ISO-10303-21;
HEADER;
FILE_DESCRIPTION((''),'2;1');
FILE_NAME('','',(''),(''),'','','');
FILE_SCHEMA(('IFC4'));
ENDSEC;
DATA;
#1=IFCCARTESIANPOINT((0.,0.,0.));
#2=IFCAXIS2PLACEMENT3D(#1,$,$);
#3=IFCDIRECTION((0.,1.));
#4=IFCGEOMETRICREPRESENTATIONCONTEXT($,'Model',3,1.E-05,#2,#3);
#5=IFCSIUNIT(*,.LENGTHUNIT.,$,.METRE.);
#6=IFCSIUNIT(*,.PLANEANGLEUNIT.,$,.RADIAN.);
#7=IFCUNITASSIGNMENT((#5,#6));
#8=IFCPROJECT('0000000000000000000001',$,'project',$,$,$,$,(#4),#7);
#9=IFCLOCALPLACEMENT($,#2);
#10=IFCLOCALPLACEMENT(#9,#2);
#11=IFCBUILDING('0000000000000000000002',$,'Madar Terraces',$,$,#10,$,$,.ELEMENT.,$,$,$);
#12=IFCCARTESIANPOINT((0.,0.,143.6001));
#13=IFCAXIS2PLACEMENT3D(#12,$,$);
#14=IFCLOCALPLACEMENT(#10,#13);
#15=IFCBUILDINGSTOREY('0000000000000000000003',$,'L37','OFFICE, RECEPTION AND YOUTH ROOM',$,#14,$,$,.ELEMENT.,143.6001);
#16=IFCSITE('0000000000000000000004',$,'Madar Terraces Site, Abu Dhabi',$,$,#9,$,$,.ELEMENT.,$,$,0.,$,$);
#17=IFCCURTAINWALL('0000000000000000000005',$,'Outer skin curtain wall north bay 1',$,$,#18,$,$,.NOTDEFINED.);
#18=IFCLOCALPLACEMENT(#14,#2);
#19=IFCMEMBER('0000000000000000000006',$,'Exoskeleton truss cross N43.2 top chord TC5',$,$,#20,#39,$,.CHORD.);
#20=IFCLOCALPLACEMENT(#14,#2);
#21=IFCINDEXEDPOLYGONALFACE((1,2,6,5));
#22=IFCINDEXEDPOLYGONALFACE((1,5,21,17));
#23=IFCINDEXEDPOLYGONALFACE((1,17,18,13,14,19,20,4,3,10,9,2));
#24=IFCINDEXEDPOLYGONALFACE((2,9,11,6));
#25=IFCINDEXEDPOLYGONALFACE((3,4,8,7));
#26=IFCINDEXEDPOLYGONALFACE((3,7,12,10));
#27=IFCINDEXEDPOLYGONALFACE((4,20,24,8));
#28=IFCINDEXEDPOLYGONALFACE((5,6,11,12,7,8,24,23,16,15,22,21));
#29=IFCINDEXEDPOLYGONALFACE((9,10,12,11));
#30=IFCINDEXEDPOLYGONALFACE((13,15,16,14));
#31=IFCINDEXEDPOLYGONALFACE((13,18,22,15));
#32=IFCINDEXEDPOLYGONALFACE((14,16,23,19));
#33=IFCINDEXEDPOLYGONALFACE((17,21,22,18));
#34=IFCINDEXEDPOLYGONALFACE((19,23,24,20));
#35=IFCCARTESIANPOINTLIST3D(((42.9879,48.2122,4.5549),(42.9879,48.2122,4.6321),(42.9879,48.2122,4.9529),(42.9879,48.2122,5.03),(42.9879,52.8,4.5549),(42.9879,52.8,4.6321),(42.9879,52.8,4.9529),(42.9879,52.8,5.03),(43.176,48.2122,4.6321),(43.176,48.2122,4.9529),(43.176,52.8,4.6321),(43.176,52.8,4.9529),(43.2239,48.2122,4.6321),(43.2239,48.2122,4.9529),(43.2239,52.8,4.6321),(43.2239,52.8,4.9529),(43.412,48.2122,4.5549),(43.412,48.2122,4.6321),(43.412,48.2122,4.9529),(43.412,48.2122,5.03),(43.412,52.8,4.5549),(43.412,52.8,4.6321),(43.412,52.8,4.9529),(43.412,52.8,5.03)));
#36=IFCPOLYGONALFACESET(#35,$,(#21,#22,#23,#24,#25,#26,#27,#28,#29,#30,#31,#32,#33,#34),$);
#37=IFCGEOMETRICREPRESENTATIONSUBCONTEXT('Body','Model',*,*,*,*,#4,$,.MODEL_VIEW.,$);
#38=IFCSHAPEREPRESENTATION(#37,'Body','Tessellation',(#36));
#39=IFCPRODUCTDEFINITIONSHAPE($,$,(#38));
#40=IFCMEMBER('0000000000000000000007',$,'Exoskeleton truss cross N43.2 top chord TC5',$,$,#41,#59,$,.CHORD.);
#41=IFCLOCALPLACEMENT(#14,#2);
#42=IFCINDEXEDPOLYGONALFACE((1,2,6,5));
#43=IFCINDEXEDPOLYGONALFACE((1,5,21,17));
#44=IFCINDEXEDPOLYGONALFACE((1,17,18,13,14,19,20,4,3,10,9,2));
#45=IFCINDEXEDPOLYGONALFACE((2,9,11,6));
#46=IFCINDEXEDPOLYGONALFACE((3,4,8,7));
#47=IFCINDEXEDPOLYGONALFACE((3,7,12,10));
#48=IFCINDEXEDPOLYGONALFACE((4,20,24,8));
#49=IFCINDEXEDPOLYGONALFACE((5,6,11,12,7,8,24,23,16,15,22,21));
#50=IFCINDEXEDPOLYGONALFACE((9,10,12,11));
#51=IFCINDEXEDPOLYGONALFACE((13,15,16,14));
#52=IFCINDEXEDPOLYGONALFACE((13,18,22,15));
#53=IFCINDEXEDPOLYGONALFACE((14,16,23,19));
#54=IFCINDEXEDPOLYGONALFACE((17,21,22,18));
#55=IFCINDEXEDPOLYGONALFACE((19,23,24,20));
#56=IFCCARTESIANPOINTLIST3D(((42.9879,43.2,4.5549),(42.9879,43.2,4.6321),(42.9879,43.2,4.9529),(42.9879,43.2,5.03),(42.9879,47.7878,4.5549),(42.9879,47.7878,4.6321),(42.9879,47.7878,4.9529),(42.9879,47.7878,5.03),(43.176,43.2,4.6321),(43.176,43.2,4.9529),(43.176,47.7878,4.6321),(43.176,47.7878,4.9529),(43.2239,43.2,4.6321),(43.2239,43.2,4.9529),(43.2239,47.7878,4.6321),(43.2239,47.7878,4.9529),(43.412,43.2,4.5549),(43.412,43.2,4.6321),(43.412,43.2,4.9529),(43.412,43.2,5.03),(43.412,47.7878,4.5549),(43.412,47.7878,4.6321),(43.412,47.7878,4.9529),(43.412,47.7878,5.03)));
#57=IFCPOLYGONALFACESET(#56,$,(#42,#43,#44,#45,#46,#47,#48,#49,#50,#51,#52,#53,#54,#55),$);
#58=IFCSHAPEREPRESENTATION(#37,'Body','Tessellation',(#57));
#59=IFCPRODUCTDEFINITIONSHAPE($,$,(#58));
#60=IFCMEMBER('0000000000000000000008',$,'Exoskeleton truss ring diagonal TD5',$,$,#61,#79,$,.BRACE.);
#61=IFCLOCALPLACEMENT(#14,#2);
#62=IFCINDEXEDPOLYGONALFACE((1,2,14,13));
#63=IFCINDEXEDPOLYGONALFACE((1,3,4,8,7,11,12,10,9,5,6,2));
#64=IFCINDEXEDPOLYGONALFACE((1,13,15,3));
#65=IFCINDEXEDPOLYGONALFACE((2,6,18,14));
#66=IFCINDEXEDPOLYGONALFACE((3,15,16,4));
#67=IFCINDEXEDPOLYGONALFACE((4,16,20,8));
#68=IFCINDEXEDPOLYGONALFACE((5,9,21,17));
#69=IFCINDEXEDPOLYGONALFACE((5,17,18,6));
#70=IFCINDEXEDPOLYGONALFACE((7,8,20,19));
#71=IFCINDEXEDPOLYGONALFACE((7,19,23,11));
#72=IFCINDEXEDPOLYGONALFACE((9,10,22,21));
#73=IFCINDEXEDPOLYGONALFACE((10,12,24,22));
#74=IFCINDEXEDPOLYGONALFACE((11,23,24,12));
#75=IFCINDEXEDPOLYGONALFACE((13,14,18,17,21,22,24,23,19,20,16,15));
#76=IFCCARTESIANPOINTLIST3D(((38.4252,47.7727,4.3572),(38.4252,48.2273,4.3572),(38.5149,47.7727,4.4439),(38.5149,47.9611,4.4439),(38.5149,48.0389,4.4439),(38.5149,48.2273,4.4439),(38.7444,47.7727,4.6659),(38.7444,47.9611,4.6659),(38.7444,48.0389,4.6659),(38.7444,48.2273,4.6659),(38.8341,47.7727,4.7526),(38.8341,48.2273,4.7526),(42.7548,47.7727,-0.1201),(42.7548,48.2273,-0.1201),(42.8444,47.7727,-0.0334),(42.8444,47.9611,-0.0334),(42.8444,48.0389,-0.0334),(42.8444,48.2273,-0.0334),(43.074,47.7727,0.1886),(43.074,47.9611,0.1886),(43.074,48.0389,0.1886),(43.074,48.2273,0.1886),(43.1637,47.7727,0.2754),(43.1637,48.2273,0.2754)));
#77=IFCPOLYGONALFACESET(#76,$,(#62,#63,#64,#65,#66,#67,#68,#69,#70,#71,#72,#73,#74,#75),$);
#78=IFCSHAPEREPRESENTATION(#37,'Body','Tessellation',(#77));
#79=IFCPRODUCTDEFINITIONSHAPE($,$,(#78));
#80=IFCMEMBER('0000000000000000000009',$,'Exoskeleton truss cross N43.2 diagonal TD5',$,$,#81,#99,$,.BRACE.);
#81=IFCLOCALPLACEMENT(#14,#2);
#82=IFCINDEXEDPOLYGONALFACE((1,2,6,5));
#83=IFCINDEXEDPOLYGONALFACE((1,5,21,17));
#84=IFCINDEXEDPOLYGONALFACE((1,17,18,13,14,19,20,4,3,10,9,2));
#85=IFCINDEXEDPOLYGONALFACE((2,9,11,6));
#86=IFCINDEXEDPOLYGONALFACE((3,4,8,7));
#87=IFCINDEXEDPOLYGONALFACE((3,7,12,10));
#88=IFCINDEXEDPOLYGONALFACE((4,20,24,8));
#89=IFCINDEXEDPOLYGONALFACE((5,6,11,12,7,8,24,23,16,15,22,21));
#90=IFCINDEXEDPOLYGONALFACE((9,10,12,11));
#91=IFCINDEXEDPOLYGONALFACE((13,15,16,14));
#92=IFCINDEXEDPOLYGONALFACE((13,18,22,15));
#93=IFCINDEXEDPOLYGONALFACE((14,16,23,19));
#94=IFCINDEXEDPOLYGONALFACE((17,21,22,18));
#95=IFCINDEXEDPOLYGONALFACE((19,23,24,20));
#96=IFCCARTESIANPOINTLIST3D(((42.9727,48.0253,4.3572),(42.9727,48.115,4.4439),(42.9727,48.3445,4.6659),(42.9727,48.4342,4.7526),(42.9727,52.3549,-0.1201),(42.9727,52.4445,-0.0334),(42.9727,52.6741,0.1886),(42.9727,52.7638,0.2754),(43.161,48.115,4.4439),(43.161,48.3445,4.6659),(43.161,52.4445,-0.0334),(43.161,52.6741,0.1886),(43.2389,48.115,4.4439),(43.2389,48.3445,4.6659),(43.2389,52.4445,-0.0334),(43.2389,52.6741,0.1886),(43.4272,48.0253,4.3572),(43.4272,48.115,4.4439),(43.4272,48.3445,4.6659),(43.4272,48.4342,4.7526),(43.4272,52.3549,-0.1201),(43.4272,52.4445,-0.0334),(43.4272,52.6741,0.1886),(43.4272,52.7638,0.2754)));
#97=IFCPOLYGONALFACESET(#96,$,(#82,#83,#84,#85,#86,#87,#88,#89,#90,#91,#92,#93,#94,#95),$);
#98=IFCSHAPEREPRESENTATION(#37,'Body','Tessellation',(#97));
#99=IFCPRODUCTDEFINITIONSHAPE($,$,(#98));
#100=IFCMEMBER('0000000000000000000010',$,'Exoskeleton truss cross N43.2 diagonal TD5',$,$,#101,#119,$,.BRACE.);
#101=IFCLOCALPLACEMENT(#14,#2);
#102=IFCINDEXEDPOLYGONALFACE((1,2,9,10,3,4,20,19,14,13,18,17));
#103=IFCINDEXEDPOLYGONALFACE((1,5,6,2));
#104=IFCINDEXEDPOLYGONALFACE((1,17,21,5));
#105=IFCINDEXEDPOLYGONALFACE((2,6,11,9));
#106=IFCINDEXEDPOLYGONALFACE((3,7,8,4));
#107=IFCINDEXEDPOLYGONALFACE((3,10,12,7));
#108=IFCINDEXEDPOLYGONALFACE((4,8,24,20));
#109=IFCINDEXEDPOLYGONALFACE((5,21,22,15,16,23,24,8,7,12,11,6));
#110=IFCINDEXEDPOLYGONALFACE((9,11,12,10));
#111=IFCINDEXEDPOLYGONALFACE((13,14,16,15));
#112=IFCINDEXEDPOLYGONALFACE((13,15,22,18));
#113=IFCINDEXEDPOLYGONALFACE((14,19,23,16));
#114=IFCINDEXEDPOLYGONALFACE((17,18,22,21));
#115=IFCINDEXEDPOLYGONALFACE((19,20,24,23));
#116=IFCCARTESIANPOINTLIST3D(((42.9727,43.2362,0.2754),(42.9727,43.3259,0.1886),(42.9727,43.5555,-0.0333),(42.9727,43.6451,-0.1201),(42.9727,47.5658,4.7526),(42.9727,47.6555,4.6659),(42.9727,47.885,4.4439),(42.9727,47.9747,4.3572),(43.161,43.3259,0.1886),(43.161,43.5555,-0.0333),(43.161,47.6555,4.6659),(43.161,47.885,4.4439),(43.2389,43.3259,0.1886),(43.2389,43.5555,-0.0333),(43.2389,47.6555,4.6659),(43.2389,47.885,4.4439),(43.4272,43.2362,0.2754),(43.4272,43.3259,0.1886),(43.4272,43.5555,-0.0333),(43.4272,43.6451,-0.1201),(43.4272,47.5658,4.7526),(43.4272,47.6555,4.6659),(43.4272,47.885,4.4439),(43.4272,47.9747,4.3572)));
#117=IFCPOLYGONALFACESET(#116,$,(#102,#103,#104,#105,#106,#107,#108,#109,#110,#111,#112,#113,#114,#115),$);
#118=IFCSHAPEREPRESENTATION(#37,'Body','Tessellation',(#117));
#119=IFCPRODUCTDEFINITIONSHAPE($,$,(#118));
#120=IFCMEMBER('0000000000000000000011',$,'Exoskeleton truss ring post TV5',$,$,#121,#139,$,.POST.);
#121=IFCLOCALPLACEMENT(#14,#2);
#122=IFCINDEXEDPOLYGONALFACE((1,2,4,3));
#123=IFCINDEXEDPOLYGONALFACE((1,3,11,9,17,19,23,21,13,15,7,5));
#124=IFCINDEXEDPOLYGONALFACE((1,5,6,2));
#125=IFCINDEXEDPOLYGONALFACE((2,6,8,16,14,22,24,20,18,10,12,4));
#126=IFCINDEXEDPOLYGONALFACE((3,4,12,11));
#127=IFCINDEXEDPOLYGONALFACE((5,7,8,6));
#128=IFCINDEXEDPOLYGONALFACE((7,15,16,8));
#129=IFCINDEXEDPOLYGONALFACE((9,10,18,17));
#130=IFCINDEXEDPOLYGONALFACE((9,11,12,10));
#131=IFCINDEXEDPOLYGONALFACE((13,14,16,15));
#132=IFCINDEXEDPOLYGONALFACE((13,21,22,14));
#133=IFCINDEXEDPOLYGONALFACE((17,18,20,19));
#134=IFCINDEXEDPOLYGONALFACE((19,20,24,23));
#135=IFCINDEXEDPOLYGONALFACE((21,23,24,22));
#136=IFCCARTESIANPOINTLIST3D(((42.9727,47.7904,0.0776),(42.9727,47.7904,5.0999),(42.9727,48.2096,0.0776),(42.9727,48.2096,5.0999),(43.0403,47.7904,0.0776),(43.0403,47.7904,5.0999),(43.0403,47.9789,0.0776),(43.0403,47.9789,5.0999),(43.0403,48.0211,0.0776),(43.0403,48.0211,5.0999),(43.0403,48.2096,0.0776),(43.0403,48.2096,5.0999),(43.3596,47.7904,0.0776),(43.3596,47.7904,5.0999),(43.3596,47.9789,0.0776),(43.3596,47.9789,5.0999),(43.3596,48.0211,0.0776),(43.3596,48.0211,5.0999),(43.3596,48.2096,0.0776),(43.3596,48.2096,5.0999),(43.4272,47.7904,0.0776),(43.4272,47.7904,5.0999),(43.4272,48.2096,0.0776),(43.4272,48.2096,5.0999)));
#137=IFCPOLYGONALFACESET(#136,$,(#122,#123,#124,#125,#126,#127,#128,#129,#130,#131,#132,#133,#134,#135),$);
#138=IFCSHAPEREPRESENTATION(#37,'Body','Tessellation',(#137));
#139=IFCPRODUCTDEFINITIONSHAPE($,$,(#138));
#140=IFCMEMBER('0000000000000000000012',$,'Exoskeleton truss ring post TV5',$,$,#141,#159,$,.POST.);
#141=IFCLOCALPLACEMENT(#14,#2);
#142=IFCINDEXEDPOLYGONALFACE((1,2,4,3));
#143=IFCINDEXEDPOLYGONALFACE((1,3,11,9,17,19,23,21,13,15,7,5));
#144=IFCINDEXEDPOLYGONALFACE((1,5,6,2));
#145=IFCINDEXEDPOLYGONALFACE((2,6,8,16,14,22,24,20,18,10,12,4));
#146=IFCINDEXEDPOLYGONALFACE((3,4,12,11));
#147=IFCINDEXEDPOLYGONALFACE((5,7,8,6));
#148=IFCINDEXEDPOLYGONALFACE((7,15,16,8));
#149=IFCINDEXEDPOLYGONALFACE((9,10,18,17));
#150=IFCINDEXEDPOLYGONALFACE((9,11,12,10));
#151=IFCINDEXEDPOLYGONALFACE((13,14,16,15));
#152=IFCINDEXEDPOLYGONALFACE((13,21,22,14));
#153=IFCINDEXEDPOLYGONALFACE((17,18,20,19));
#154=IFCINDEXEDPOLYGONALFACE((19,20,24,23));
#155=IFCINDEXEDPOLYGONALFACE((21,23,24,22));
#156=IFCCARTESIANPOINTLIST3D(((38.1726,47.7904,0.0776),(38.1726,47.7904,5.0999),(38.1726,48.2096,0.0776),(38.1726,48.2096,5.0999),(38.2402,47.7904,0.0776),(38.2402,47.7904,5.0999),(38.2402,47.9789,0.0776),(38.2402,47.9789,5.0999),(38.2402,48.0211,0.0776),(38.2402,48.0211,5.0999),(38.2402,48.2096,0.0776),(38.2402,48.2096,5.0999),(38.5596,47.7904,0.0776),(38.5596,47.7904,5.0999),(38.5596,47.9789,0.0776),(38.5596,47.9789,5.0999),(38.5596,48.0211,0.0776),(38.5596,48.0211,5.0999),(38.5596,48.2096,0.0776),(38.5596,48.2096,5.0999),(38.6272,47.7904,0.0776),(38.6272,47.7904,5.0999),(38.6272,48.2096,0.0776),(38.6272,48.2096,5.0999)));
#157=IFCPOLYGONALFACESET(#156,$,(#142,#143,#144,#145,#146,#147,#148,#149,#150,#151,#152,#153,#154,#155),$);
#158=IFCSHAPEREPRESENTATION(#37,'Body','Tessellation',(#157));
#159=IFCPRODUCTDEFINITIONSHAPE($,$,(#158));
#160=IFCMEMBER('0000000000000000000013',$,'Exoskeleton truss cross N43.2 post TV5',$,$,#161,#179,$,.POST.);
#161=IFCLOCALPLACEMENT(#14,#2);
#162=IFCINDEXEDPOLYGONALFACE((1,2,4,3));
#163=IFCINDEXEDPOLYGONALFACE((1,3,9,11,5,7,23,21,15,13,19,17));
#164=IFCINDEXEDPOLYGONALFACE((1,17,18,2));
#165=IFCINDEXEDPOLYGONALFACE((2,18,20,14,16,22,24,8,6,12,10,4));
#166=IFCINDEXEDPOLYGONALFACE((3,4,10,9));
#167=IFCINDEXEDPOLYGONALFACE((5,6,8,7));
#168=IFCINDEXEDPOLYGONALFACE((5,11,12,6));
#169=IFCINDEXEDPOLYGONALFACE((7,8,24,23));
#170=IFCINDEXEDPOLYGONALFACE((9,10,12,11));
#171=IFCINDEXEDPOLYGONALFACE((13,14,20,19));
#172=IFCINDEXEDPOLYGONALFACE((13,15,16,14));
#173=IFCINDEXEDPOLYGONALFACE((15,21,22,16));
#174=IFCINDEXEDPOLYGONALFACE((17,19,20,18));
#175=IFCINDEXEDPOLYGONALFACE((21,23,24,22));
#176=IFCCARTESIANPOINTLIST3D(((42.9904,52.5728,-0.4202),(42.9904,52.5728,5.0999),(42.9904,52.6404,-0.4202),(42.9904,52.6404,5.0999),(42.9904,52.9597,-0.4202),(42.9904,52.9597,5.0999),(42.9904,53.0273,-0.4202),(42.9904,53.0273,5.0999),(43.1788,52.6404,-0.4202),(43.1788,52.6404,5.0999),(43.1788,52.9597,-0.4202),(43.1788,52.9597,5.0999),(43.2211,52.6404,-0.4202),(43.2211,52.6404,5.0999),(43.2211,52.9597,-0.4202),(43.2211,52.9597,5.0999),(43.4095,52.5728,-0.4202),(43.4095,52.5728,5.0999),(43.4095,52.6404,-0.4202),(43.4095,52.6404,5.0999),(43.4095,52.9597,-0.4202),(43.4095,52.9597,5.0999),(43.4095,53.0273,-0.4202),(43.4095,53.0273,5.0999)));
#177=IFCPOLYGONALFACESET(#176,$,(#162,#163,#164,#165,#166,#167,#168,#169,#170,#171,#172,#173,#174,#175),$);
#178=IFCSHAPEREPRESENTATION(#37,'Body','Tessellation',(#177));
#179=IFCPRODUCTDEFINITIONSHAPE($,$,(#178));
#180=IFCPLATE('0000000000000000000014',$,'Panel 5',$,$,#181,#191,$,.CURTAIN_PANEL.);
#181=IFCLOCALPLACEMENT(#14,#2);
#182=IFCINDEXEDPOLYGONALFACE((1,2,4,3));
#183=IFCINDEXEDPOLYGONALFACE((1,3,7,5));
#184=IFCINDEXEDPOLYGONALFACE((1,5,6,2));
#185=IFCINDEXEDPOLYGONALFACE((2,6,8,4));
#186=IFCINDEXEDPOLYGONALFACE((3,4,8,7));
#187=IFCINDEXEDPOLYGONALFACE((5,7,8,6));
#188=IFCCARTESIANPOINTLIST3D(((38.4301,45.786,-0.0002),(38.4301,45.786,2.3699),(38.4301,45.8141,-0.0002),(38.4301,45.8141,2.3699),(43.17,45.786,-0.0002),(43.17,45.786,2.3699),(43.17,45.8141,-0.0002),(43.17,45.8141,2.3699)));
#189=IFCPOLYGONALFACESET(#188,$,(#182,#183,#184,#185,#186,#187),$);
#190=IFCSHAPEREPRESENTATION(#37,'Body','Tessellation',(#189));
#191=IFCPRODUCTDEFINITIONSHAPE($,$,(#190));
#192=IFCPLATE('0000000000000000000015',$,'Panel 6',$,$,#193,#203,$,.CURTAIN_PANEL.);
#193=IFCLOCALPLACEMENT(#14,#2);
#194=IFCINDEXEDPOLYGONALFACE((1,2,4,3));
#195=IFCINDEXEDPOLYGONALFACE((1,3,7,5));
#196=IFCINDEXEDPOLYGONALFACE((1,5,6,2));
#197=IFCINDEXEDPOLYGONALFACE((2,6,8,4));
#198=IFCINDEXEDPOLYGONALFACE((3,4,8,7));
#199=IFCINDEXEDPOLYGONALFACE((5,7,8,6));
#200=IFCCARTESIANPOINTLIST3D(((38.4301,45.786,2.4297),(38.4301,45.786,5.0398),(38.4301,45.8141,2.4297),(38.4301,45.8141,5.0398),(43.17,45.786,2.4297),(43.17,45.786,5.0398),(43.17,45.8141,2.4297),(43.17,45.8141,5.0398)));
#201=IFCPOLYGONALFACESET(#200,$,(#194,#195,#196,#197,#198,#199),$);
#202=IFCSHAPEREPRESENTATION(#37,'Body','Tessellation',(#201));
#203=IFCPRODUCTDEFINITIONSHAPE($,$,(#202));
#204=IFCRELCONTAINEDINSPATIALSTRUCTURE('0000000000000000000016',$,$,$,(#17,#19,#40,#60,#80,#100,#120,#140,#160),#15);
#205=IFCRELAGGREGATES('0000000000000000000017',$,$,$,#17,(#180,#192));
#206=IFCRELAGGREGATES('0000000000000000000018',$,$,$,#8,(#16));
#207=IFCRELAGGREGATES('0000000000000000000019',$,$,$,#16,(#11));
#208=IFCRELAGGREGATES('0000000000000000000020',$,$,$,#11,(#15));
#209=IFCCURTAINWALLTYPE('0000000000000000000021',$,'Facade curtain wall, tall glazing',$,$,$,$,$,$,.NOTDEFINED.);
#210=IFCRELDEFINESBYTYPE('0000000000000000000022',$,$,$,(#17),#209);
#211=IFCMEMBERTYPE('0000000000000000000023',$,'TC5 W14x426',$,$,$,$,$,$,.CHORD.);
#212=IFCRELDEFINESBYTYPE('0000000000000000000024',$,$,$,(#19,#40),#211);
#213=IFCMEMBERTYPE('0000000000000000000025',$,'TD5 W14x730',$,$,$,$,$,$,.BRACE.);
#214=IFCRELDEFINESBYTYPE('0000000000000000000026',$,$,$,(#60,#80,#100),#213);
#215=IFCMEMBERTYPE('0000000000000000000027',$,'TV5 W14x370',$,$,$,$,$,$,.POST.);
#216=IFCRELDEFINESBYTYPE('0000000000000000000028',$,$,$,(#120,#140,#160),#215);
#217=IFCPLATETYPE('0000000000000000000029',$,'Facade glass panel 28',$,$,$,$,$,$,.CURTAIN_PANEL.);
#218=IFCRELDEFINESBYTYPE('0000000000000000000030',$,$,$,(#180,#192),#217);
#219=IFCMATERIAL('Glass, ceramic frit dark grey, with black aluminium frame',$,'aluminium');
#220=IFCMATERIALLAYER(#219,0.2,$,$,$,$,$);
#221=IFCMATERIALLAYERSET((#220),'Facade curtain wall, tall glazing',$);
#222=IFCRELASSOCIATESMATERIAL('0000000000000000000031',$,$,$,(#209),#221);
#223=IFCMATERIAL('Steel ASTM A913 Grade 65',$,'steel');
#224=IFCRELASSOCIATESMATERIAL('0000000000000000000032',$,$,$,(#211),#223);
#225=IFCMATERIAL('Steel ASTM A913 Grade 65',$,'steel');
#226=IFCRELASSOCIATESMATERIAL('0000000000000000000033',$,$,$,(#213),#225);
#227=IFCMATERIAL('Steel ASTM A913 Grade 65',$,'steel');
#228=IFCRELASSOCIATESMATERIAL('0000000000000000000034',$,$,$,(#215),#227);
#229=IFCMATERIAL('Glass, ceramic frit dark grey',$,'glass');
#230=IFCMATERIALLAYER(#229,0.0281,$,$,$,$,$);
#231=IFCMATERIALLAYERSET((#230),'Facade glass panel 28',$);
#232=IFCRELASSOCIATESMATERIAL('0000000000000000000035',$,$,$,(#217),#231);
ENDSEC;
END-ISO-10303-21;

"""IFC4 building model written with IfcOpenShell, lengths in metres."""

from ifc_helpers import new_model, si_unit, direction, frame, origin, origin_2d, place, context, subcontext, project, spatial, rectangle, i_section, extrude, material, layer, layer_set, material_profile, profile_set, type_object, element, aggregate, save


model = new_model("IFC4")

# Units and contexts
model_context = context("Model", 3, precision=1e-05, world=origin(), true_north=direction((0.0, 1.0)))
body_context = subcontext(model_context, "Body", "Model", "MODEL_VIEW")
ifc_project = project(units=[si_unit("LENGTHUNIT", "METRE"), si_unit("PLANEANGLEUNIT", "RADIAN")], contexts=[model_context])

# Site, building, storey
site_placement = place(None, origin())
site = spatial("IfcSite", under=ifc_project, at=site_placement, Name="Madar Terraces Site, Abu Dhabi", CompositionType="ELEMENT", RefElevation=0.0)
building_placement = place(site_placement, origin())
building = spatial("IfcBuilding", under=site, at=building_placement, Name="Madar Terraces", CompositionType="ELEMENT")
storey_placement = place(building_placement, frame((0.0, 0.0, 143.6001)))
storey = spatial("IfcBuildingStorey", under=building, at=storey_placement, Name="L37", Description="OFFICE, RECEPTION AND YOUTH ROOM", CompositionType="ELEMENT", Elevation=143.6001)

# Curtain wall
ifc_material_1 = material(Name="Glass, ceramic frit dark grey, with black aluminium frame", Category="aluminium")
ifc_layer_1 = layer(ifc_material_1, 0.2)
ifc_layer_set_1 = layer_set([ifc_layer_1], Name="Facade curtain wall, tall glazing")
curtain_wall_type = type_object("IfcCurtainWallType", Name="Facade curtain wall, tall glazing", PredefinedType="NOTDEFINED", material=ifc_layer_set_1)
curtain_wall_placement = place(storey_placement, origin())
curtain_wall = element("IfcCurtainWall", 1, at=curtain_wall_placement, inside=storey, type_object=curtain_wall_type, Name="Outer skin curtain wall north bay 1", PredefinedType="NOTDEFINED")

# Members
ifc_material_2 = material(Name="Steel ASTM A913 Grade 65", Category="steel")
ifc_material_profile_1 = material_profile(ifc_material_2, i_section(OverallWidth=0.4241, OverallDepth=0.4751, WebThickness=0.0479, FlangeThickness=0.0771, at=origin_2d()), Name="W14x426")
ifc_profile_set_1 = profile_set([ifc_material_profile_1], Name="Steel ASTM A913 Grade 65")
member_type_1 = type_object("IfcMemberType", Name="TC5 W14x426", PredefinedType="CHORD", material=ifc_profile_set_1)
for number, where, z_axis, x_axis, name in (
    (2, (43.2, 52.8, 4.7925), (0.0, -1.0, 0.0), (1.0, 0.0, 0.0), "Exoskeleton truss cross N43.2 top chord TC5"),
    (3, (43.2, 47.7878, 4.7925), (0.0, -1.0, 0.0), (1.0, 0.0, 0.0), "Exoskeleton truss cross N43.2 top chord TC5"),
):
    element("IfcMember", number, at=place(storey_placement, frame(where, z_axis=z_axis, x_axis=x_axis)), inside=storey, type_object=member_type_1, Name=name, PredefinedType="CHORD", context=body_context, shape_type="SweptSolid", body=[
        extrude(i_section(OverallWidth=0.4241, OverallDepth=0.4751, WebThickness=0.0479, FlangeThickness=0.0771, at=origin_2d()), origin(), (0.0, 0.0, 1.0), 4.5879),
    ])
ifc_material_3 = material(Name="Steel ASTM A913 Grade 65", Category="steel")
ifc_material_profile_2 = material_profile(ifc_material_3, i_section(OverallWidth=0.4546, OverallDepth=0.5688, WebThickness=0.0779, FlangeThickness=0.1248, at=origin_2d()), Name="W14x730")
ifc_profile_set_2 = profile_set([ifc_material_profile_2], Name="Steel ASTM A913 Grade 65")
member_type_2 = type_object("IfcMemberType", Name="TD5 W14x730", PredefinedType="BRACE", material=ifc_profile_set_2)
for number, where, z_axis, x_axis, name in (
    (4, (42.9592, 48.0, 0.0776), (-0.69515, 0.0, 0.718865), (0.0, -1.0, 0.0), "Exoskeleton truss ring diagonal TD5"),
    (5, (43.2, 52.5593, 0.0776), (0.0, -0.69515, 0.718865), (1.0, 0.0, 0.0), "Exoskeleton truss cross N43.2 diagonal TD5"),
    (6, (43.2, 47.7703, 4.5549), (0.0, -0.69515, -0.718865), (1.0, 0.0, 0.0), "Exoskeleton truss cross N43.2 diagonal TD5"),
):
    element("IfcMember", number, at=place(storey_placement, frame(where, z_axis=z_axis, x_axis=x_axis)), inside=storey, type_object=member_type_2, Name=name, PredefinedType="BRACE", context=body_context, shape_type="SweptSolid", body=[
        extrude(i_section(OverallWidth=0.4546, OverallDepth=0.5688, WebThickness=0.0779, FlangeThickness=0.1248, at=origin_2d()), origin(), (0.0, 0.0, 1.0), 6.2283),
    ])
ifc_material_4 = material(Name="Steel ASTM A913 Grade 65", Category="steel")
ifc_material_profile_3 = material_profile(ifc_material_4, i_section(OverallWidth=0.4192, OverallDepth=0.4546, WebThickness=0.0422, FlangeThickness=0.0676, at=origin_2d()), Name="W14x370")
ifc_profile_set_3 = profile_set([ifc_material_profile_3], Name="Steel ASTM A913 Grade 65")
member_type_3 = type_object("IfcMemberType", Name="TV5 W14x370", PredefinedType="POST", material=ifc_profile_set_3)
for number, where, z_axis, x_axis, name in (
    (7, (43.2, 48.0, 0.0776), (0.0, 0.0, 1.0), (0.0, -1.0, 0.0), "Exoskeleton truss ring post TV5"),
    (8, (38.3999, 48.0, 0.0776), (0.0, 0.0, 1.0), (0.0, -1.0, 0.0), "Exoskeleton truss ring post TV5"),
):
    element("IfcMember", number, at=place(storey_placement, frame(where, z_axis=z_axis, x_axis=x_axis)), inside=storey, type_object=member_type_3, Name=name, PredefinedType="POST", context=body_context, shape_type="SweptSolid", body=[
        extrude(i_section(OverallWidth=0.4192, OverallDepth=0.4546, WebThickness=0.0422, FlangeThickness=0.0676, at=origin_2d()), origin(), (0.0, 0.0, 1.0), 5.0222),
    ])
member_1_placement = place(storey_placement, frame((43.2, 52.8, -0.4202), z_axis=(0.0, 0.0, 1.0), x_axis=(-1.0, 0.0, 0.0)))
element("IfcMember", 9, at=member_1_placement, inside=storey, type_object=member_type_3, Name="Exoskeleton truss cross N43.2 post TV5", PredefinedType="POST", context=body_context, shape_type="SweptSolid", body=[
    extrude(i_section(OverallWidth=0.4192, OverallDepth=0.4546, WebThickness=0.0422, FlangeThickness=0.0676, at=origin_2d()), origin(), (0.0, 0.0, 1.0), 5.52),
])

# Plates
ifc_material_5 = material(Name="Glass, ceramic frit dark grey", Category="glass")
ifc_layer_2 = layer(ifc_material_5, 0.0281)
ifc_layer_set_2 = layer_set([ifc_layer_2], Name="Facade glass panel 28")
plate_type = type_object("IfcPlateType", Name="Facade glass panel 28", PredefinedType="CURTAIN_PANEL", material=ifc_layer_set_2)
plate_1_placement = place(storey_placement, frame((40.8, 45.8, -0.0002), z_axis=(0.0, 0.0, 1.0), x_axis=(-1.0, 0.0, 0.0)))
plate_1 = element("IfcPlate", 10, at=plate_1_placement, type_object=plate_type, Name="Panel 5", PredefinedType="CURTAIN_PANEL", context=body_context, shape_type="SweptSolid", body=[
    extrude(rectangle(XDim=4.74, YDim=0.0281, at=origin_2d()), origin(), (0.0, 0.0, 1.0), 2.3701),
])
plate_2_placement = place(storey_placement, frame((40.8, 45.8, 2.4297), z_axis=(0.0, 0.0, 1.0), x_axis=(-1.0, 0.0, 0.0)))
plate_2 = element("IfcPlate", 11, at=plate_2_placement, type_object=plate_type, Name="Panel 6", PredefinedType="CURTAIN_PANEL", context=body_context, shape_type="SweptSolid", body=[
    extrude(rectangle(XDim=4.74, YDim=0.0281, at=origin_2d()), origin(), (0.0, 0.0, 1.0), 2.6101),
])
aggregate(curtain_wall, [plate_1, plate_2])

save(model, "model.ifc")
